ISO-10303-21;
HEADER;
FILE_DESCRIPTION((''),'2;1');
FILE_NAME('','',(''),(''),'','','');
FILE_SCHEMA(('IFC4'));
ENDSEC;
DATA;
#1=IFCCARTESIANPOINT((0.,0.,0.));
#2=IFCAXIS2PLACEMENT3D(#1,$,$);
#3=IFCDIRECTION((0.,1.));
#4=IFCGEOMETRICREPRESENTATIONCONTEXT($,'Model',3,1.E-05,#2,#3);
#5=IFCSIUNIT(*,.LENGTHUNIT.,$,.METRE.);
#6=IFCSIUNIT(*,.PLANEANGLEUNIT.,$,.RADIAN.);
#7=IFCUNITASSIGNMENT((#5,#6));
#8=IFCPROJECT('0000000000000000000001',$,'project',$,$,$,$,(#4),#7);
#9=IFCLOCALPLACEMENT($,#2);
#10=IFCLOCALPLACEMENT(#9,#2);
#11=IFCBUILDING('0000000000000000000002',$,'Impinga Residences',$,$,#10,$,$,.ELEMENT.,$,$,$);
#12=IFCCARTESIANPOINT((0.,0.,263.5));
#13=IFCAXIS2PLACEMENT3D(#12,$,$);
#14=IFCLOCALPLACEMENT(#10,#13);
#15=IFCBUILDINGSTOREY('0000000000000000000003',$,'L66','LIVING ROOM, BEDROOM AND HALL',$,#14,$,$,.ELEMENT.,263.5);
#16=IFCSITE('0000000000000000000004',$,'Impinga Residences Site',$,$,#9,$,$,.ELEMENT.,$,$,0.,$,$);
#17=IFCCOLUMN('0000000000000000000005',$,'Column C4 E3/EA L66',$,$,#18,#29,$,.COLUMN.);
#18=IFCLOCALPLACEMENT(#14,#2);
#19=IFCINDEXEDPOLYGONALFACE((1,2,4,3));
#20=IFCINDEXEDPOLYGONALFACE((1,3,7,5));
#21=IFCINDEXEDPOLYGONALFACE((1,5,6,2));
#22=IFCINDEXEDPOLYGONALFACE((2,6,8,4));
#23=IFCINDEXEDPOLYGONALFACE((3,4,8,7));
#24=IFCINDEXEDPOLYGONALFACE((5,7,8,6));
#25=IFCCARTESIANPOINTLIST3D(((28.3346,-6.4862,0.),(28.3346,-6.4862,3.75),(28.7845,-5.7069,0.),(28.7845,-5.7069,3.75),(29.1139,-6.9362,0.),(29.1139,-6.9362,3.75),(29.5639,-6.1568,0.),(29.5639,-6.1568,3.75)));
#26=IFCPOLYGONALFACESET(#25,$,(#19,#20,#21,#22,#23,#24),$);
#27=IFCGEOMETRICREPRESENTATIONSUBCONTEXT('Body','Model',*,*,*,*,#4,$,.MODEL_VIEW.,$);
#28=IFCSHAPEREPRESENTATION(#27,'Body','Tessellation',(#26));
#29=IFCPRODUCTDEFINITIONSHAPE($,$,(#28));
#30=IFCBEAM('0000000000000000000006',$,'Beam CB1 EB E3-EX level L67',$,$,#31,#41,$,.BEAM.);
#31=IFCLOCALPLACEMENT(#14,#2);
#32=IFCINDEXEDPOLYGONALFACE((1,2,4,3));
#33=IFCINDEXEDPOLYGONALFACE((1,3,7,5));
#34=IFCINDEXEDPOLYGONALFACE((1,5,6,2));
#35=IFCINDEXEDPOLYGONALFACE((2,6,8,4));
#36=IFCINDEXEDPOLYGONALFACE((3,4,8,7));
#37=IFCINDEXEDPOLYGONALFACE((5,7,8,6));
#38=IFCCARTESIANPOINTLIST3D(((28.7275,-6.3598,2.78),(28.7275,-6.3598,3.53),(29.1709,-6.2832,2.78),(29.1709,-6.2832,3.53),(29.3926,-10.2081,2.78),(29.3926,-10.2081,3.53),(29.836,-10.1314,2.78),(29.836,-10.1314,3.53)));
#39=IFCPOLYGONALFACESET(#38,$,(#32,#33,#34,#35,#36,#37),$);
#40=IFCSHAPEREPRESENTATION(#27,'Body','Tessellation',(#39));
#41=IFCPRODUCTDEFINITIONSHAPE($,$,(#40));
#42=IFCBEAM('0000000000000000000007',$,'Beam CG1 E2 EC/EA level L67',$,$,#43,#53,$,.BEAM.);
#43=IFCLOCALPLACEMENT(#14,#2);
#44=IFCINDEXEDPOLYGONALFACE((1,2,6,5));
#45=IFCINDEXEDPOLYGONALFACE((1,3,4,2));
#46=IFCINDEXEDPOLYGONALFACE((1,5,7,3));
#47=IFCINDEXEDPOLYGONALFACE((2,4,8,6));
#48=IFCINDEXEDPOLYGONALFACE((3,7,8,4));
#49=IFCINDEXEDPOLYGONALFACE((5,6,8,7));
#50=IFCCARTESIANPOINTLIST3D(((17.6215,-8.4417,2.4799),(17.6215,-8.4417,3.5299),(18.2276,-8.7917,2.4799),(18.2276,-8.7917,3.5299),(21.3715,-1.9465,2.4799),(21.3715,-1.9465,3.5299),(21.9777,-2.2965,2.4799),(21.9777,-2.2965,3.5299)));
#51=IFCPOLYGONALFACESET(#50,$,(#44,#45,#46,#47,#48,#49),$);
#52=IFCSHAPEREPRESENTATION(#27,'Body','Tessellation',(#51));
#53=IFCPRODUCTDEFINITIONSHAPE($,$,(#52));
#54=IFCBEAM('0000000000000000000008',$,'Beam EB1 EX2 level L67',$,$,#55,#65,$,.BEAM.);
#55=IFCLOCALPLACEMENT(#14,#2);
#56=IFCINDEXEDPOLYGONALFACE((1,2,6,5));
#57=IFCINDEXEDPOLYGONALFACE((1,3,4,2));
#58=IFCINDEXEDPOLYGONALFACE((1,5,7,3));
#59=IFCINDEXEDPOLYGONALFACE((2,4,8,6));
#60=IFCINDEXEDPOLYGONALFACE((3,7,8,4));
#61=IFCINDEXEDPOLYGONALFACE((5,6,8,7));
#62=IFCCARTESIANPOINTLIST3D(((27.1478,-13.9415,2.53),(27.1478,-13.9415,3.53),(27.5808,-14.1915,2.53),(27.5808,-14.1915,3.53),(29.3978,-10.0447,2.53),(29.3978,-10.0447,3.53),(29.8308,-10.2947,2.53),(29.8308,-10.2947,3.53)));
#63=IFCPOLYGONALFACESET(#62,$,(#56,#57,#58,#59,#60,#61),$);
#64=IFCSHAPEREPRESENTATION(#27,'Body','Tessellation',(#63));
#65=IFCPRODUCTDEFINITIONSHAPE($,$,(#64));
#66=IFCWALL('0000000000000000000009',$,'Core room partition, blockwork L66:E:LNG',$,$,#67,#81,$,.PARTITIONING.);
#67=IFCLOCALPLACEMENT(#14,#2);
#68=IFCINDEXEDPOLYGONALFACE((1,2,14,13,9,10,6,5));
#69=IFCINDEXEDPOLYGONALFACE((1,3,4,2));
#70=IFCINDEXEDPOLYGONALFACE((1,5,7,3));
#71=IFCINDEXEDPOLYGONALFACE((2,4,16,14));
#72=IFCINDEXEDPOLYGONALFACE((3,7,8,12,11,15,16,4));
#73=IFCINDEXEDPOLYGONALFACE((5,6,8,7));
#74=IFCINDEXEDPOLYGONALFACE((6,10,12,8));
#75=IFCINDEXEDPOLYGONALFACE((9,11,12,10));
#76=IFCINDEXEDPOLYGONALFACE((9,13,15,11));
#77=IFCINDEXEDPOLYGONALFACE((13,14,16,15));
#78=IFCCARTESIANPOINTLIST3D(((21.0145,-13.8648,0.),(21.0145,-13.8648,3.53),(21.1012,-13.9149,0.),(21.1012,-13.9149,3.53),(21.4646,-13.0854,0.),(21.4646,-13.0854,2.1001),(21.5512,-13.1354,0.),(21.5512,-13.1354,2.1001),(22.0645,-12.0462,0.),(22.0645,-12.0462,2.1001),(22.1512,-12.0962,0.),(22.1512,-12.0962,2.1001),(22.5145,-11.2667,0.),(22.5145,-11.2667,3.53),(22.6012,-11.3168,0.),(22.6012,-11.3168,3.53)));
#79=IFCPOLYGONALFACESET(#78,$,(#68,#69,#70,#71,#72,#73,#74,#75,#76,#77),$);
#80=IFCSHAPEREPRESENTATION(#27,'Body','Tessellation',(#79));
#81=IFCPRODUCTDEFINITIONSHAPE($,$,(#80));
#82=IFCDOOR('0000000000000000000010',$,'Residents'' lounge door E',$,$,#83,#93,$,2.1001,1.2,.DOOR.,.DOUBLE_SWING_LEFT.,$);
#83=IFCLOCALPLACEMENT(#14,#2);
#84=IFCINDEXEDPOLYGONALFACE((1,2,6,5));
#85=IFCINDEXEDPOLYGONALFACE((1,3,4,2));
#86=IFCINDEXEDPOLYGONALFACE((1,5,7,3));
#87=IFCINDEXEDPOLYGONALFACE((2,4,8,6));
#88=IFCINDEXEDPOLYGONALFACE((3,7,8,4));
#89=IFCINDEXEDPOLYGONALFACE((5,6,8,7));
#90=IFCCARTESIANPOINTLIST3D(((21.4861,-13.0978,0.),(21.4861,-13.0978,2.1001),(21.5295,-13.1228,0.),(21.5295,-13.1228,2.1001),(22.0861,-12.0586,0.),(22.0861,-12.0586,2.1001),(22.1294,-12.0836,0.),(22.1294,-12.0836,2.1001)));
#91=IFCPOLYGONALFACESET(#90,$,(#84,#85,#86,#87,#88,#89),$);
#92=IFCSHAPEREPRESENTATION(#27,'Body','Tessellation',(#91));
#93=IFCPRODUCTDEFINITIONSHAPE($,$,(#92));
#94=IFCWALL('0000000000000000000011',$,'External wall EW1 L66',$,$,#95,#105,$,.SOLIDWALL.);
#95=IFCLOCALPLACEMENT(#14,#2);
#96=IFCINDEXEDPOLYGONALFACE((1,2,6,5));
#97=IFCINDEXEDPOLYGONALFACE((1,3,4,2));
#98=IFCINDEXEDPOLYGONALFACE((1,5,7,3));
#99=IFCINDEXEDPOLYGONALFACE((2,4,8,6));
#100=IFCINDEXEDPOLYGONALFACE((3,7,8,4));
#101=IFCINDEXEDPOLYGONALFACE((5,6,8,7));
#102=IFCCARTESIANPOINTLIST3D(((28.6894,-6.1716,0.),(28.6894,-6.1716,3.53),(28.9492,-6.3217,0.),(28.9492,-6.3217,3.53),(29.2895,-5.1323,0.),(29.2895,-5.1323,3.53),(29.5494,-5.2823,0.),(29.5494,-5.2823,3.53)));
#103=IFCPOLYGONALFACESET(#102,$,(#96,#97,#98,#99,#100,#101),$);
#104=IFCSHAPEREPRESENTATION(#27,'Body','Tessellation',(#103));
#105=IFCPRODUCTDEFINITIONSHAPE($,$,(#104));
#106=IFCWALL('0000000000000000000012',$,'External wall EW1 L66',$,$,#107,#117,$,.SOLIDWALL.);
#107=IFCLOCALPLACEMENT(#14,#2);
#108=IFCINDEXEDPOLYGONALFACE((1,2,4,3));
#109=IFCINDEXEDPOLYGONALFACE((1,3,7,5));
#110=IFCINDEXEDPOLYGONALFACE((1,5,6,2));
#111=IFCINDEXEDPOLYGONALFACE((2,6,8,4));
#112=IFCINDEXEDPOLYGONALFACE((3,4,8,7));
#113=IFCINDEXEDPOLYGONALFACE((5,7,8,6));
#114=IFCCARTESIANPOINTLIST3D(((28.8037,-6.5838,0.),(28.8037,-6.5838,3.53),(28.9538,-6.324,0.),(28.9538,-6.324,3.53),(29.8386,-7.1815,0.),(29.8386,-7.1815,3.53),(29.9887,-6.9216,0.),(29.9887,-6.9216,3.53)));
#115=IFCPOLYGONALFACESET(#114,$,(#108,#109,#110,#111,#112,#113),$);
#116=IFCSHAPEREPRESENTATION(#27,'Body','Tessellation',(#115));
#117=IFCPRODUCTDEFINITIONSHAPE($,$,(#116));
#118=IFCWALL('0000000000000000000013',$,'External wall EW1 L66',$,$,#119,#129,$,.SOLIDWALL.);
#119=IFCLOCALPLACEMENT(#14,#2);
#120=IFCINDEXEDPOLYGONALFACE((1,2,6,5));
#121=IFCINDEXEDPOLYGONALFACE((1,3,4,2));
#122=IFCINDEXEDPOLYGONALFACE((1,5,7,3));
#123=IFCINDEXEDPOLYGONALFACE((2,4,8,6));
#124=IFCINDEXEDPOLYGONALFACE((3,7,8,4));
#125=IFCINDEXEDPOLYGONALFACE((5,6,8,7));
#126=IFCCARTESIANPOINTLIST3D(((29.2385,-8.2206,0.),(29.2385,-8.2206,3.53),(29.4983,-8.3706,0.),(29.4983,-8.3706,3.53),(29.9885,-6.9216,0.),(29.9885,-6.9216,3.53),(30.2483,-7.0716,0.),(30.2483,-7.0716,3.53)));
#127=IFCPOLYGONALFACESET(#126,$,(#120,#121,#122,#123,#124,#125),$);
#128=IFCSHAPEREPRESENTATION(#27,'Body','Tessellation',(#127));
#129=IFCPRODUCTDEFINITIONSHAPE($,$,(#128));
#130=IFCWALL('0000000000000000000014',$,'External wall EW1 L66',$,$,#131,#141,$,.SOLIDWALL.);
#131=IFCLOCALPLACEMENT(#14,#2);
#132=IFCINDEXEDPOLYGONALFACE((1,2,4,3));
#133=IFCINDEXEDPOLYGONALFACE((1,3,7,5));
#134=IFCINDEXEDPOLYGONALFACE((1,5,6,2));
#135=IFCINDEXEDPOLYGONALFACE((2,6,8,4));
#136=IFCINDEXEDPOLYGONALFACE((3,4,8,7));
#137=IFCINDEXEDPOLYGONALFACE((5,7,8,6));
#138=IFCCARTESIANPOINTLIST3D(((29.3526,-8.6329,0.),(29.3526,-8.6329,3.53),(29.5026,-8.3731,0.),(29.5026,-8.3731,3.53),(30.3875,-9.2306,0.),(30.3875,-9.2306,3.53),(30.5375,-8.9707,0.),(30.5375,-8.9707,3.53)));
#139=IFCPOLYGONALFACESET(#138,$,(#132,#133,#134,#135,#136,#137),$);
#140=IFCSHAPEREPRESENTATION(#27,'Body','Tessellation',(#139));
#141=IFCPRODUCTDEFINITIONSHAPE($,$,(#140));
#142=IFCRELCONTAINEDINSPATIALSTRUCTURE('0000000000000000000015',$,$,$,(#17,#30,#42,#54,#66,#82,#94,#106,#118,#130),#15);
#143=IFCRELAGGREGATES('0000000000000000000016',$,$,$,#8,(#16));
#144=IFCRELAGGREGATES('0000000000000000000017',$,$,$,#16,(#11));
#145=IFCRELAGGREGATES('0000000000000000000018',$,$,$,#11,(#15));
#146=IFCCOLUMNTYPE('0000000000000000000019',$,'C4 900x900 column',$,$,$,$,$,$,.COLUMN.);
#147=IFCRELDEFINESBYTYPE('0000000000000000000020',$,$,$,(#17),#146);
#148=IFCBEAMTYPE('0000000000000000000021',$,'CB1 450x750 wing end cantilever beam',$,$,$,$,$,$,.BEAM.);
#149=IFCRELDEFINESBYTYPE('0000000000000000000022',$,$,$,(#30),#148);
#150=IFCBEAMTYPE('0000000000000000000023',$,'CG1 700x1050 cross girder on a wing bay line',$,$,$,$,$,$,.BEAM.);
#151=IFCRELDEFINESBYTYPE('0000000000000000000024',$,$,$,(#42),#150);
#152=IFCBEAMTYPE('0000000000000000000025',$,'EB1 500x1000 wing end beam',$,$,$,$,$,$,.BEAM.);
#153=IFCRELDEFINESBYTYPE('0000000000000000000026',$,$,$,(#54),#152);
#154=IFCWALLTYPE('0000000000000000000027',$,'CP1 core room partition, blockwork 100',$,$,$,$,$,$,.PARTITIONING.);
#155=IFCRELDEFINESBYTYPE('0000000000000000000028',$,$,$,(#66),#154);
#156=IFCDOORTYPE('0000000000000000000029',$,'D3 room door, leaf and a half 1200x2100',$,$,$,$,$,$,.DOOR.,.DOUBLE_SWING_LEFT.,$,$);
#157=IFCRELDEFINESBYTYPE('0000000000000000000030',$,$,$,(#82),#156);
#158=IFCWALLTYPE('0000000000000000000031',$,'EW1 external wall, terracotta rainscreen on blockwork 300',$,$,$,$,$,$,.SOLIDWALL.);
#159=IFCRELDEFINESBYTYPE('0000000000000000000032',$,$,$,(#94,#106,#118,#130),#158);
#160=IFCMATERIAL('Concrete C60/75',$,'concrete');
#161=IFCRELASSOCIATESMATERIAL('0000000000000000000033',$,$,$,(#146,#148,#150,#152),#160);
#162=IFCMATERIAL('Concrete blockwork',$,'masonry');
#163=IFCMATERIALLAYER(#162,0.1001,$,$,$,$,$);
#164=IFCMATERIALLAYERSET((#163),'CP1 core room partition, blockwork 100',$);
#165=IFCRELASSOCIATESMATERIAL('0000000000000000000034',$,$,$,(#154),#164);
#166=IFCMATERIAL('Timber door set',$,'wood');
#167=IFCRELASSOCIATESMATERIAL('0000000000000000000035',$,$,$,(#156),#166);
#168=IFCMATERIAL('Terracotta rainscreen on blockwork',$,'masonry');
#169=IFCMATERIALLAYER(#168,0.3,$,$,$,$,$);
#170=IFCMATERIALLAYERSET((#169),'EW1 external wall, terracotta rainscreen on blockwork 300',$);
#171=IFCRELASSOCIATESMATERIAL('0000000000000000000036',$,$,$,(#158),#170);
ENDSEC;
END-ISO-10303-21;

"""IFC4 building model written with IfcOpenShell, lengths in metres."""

from ifc_helpers import new_model, si_unit, direction, frame, frame_2d, origin, origin_2d, place, context, subcontext, project, spatial, rectangle, extrude, material, layer, layer_set, material_profile, profile_set, type_object, element, fill, save


model = new_model("IFC4")

# Units and contexts
model_context = context("Model", 3, precision=1e-05, world=origin(), true_north=direction((0.0, 1.0)))
body_context = subcontext(model_context, "Body", "Model", "MODEL_VIEW")
ifc_project = project(units=[si_unit("LENGTHUNIT", "METRE"), si_unit("PLANEANGLEUNIT", "RADIAN")], contexts=[model_context])

# Site, building, storey
site_placement = place(None, origin())
site = spatial("IfcSite", under=ifc_project, at=site_placement, Name="Impinga Residences Site", CompositionType="ELEMENT", RefElevation=0.0)
building_placement = place(site_placement, origin())
building = spatial("IfcBuilding", under=site, at=building_placement, Name="Impinga Residences", CompositionType="ELEMENT")
storey_placement = place(building_placement, frame((0.0, 0.0, 263.5)))
storey = spatial("IfcBuildingStorey", under=building, at=storey_placement, Name="L66", Description="LIVING ROOM, BEDROOM AND HALL", CompositionType="ELEMENT", Elevation=263.5)

# Column
ifc_material_1 = material(Name="Concrete C60/75", Category="concrete")
ifc_material_profile_1 = material_profile(ifc_material_1, rectangle(XDim=0.8999, YDim=0.8999, at=origin_2d()), Name="RC 900x900")
ifc_profile_set_1 = profile_set([ifc_material_profile_1], Name="Concrete C60/75")
column_type = type_object("IfcColumnType", Name="C4 900x900 column", PredefinedType="COLUMN", material=ifc_profile_set_1)
column_placement = place(storey_placement, frame((28.9492, -6.3215, 0.0), z_axis=(0.0, 0.0, 1.0), x_axis=(-0.5, -0.866025, 0.0)))
element("IfcColumn", 1, at=column_placement, inside=storey, type_object=column_type, Name="Column C4 E3/EA L66", PredefinedType="COLUMN", context=body_context, shape_type="SweptSolid", body=[
    extrude(rectangle(XDim=0.8999, YDim=0.8999, at=origin_2d()), origin(), (0.0, 0.0, 1.0), 3.75),
])

# Beams
ifc_material_profile_2 = material_profile(ifc_material_1, rectangle(XDim=0.45, YDim=0.75, at=origin_2d()), Name="RC 450x750")
ifc_profile_set_2 = profile_set([ifc_material_profile_2], Name="Concrete C60/75")
beam_type_1 = type_object("IfcBeamType", Name="CB1 450x750 wing end cantilever beam", PredefinedType="BEAM", material=ifc_profile_set_2)
beam_1_placement = place(storey_placement, frame((28.9492, -6.3215, 3.155), z_axis=(0.170296, -0.985393, 0.0), x_axis=(0.985393, 0.170296, 0.0)))
element("IfcBeam", 2, at=beam_1_placement, inside=storey, type_object=beam_type_1, Name="Beam CB1 EB E3-EX level L67", PredefinedType="BEAM", context=body_context, shape_type="SweptSolid", body=[
    extrude(rectangle(XDim=0.45, YDim=0.75, at=origin_2d()), origin(), (0.0, 0.0, 1.0), 3.9053),
])
ifc_material_profile_3 = material_profile(ifc_material_1, rectangle(XDim=0.7, YDim=1.05, at=origin_2d()), Name="RC 700x1050")
ifc_profile_set_3 = profile_set([ifc_material_profile_3], Name="Concrete C60/75")
beam_type_2 = type_object("IfcBeamType", Name="CG1 700x1050 cross girder on a wing bay line", PredefinedType="BEAM", material=ifc_profile_set_3)
beam_2_placement = place(storey_placement, frame((17.9246, -8.6167, 3.0049), z_axis=(0.500004, 0.866023, 0.0), x_axis=(-0.866023, 0.500004, 0.0)))
element("IfcBeam", 3, at=beam_2_placement, inside=storey, type_object=beam_type_2, Name="Beam CG1 E2 EC/EA level L67", PredefinedType="BEAM", context=body_context, shape_type="SweptSolid", body=[
    extrude(rectangle(XDim=0.7, YDim=1.05, at=origin_2d()), origin(), (0.0, 0.0, 1.0), 7.5),
])
ifc_material_profile_4 = material_profile(ifc_material_1, rectangle(XDim=0.5, YDim=1.0, at=origin_2d()), Name="RC 500x1000")
ifc_profile_set_4 = profile_set([ifc_material_profile_4], Name="Concrete C60/75")
beam_type_3 = type_object("IfcBeamType", Name="EB1 500x1000 wing end beam", PredefinedType="BEAM", material=ifc_profile_set_4)
beam_3_placement = place(storey_placement, frame((29.6143, -10.1697, 3.03), z_axis=(-0.500014, -0.866018, 0.0), x_axis=(0.866018, -0.500014, 0.0)))
element("IfcBeam", 4, at=beam_3_placement, inside=storey, type_object=beam_type_3, Name="Beam EB1 EX2 level L67", PredefinedType="BEAM", context=body_context, shape_type="SweptSolid", body=[
    extrude(rectangle(XDim=0.5, YDim=1.0, at=origin_2d()), origin(), (0.0, 0.0, 1.0), 4.4998),
])

# Wall, opening, door
ifc_material_2 = material(Name="Concrete blockwork", Category="masonry")
ifc_layer_1 = layer(ifc_material_2, 0.1001)
ifc_layer_set_1 = layer_set([ifc_layer_1], Name="CP1 core room partition, blockwork 100")
wall_type_1 = type_object("IfcWallType", Name="CP1 core room partition, blockwork 100", PredefinedType="PARTITIONING", material=ifc_layer_set_1)
wall_1_placement = place(storey_placement, frame((22.5579, -11.2917, 0.0), z_axis=(0.0, 0.0, 1.0), x_axis=(-0.49999, -0.866031, 0.0)))
wall_1 = element("IfcWall", 5, at=wall_1_placement, inside=storey, type_object=wall_type_1, Name="Core room partition, blockwork L66:E:LNG", PredefinedType="PARTITIONING", context=body_context, shape_type="SweptSolid", body=[
    extrude(rectangle(XDim=3.0, YDim=0.1001, at=frame_2d((1.5, 0.0))), origin(), (0.0, 0.0, 1.0), 3.53),
])
opening_1_placement = place(wall_1_placement, frame((0.8999, 0.0, 0.0)))
opening_1 = element("IfcOpeningElement", 6, at=opening_1_placement, cuts=wall_1, PredefinedType="OPENING", context=body_context, shape_type="SweptSolid", body=[
    extrude(rectangle(XDim=1.2, YDim=2.1001, at=frame_2d((0.6001, 1.05))), frame((0.0, 0.0601, 0.0), z_axis=(0.0, -1.0, 0.0), x_axis=(1.0, 0.0, 0.0)), (0.0, 0.0, 1.0), 0.1201),
])
ifc_material_3 = material(Name="Timber door set", Category="wood")
door_type_1 = type_object("IfcDoorType", Name="D3 room door, leaf and a half 1200x2100", OperationType="DOUBLE_SWING_LEFT", PredefinedType="DOOR", material=ifc_material_3)
door_1_placement = place(opening_1_placement, origin())
door_1 = element("IfcDoor", 7, at=door_1_placement, inside=storey, type_object=door_type_1, Name="Residents' lounge door E", OperationType="DOUBLE_SWING_LEFT", OverallHeight=2.1001, OverallWidth=1.2, PredefinedType="DOOR", context=body_context, shape_type="SweptSolid", body=[
    extrude(rectangle(XDim=1.2, YDim=2.1001, at=frame_2d((0.6001, 1.05))), frame((0.0, 0.0249, 0.0), z_axis=(0.0, -1.0, 0.0), x_axis=(1.0, 0.0, 0.0)), (0.0, 0.0, 1.0), 0.05),
])
fill(opening_1, door_1)

# Walls
ifc_material_4 = material(Name="Terracotta rainscreen on blockwork", Category="masonry")
ifc_layer_2 = layer(ifc_material_4, 0.3)
ifc_layer_set_2 = layer_set([ifc_layer_2], Name="EW1 external wall, terracotta rainscreen on blockwork 300")
wall_type_2 = type_object("IfcWallType", Name="EW1 external wall, terracotta rainscreen on blockwork 300", PredefinedType="SOLIDWALL", material=ifc_layer_set_2)
wall_2_placement = place(storey_placement, frame((29.4194, -5.2073, 0.0), z_axis=(0.0, 0.0, 1.0), x_axis=(-0.500034, -0.866006, 0.0)))
element("IfcWall", 8, at=wall_2_placement, inside=storey, type_object=wall_type_2, Name="External wall EW1 L66", PredefinedType="SOLIDWALL", context=body_context, shape_type="SweptSolid", body=[
    extrude(rectangle(XDim=1.2002, YDim=0.3, at=frame_2d((0.6001, 0.0))), origin(), (0.0, 0.0, 1.0), 3.53),
])
wall_3_placement = place(storey_placement, frame((28.8787, -6.4539, 0.0), z_axis=(0.0, 0.0, 1.0), x_axis=(0.865971, -0.500094, 0.0)))
element("IfcWall", 9, at=wall_3_placement, inside=storey, type_object=wall_type_2, Name="External wall EW1 L66", PredefinedType="SOLIDWALL", context=body_context, shape_type="SweptSolid", body=[
    extrude(rectangle(XDim=1.1951, YDim=0.3, at=frame_2d((0.5977, 0.0))), origin(), (0.0, 0.0, 1.0), 3.53),
])
wall_4_placement = place(storey_placement, frame((30.1184, -6.9966, 0.0), z_axis=(0.0, 0.0, 1.0), x_axis=(-0.49999, -0.866031, 0.0)))
element("IfcWall", 10, at=wall_4_placement, inside=storey, type_object=wall_type_2, Name="External wall EW1 L66", PredefinedType="SOLIDWALL", context=body_context, shape_type="SweptSolid", body=[
    extrude(rectangle(XDim=1.5, YDim=0.3, at=frame_2d((0.75, 0.0))), origin(), (0.0, 0.0, 1.0), 3.53),
])
wall_5_placement = place(storey_placement, frame((29.4275, -8.5029, 0.0), z_axis=(0.0, 0.0, 1.0), x_axis=(0.865971, -0.500094, 0.0)))
element("IfcWall", 11, at=wall_5_placement, inside=storey, type_object=wall_type_2, Name="External wall EW1 L66", PredefinedType="SOLIDWALL", context=body_context, shape_type="SweptSolid", body=[
    extrude(rectangle(XDim=1.1951, YDim=0.3, at=frame_2d((0.5977, 0.0))), origin(), (0.0, 0.0, 1.0), 3.53),
])

save(model, "model.ifc")
